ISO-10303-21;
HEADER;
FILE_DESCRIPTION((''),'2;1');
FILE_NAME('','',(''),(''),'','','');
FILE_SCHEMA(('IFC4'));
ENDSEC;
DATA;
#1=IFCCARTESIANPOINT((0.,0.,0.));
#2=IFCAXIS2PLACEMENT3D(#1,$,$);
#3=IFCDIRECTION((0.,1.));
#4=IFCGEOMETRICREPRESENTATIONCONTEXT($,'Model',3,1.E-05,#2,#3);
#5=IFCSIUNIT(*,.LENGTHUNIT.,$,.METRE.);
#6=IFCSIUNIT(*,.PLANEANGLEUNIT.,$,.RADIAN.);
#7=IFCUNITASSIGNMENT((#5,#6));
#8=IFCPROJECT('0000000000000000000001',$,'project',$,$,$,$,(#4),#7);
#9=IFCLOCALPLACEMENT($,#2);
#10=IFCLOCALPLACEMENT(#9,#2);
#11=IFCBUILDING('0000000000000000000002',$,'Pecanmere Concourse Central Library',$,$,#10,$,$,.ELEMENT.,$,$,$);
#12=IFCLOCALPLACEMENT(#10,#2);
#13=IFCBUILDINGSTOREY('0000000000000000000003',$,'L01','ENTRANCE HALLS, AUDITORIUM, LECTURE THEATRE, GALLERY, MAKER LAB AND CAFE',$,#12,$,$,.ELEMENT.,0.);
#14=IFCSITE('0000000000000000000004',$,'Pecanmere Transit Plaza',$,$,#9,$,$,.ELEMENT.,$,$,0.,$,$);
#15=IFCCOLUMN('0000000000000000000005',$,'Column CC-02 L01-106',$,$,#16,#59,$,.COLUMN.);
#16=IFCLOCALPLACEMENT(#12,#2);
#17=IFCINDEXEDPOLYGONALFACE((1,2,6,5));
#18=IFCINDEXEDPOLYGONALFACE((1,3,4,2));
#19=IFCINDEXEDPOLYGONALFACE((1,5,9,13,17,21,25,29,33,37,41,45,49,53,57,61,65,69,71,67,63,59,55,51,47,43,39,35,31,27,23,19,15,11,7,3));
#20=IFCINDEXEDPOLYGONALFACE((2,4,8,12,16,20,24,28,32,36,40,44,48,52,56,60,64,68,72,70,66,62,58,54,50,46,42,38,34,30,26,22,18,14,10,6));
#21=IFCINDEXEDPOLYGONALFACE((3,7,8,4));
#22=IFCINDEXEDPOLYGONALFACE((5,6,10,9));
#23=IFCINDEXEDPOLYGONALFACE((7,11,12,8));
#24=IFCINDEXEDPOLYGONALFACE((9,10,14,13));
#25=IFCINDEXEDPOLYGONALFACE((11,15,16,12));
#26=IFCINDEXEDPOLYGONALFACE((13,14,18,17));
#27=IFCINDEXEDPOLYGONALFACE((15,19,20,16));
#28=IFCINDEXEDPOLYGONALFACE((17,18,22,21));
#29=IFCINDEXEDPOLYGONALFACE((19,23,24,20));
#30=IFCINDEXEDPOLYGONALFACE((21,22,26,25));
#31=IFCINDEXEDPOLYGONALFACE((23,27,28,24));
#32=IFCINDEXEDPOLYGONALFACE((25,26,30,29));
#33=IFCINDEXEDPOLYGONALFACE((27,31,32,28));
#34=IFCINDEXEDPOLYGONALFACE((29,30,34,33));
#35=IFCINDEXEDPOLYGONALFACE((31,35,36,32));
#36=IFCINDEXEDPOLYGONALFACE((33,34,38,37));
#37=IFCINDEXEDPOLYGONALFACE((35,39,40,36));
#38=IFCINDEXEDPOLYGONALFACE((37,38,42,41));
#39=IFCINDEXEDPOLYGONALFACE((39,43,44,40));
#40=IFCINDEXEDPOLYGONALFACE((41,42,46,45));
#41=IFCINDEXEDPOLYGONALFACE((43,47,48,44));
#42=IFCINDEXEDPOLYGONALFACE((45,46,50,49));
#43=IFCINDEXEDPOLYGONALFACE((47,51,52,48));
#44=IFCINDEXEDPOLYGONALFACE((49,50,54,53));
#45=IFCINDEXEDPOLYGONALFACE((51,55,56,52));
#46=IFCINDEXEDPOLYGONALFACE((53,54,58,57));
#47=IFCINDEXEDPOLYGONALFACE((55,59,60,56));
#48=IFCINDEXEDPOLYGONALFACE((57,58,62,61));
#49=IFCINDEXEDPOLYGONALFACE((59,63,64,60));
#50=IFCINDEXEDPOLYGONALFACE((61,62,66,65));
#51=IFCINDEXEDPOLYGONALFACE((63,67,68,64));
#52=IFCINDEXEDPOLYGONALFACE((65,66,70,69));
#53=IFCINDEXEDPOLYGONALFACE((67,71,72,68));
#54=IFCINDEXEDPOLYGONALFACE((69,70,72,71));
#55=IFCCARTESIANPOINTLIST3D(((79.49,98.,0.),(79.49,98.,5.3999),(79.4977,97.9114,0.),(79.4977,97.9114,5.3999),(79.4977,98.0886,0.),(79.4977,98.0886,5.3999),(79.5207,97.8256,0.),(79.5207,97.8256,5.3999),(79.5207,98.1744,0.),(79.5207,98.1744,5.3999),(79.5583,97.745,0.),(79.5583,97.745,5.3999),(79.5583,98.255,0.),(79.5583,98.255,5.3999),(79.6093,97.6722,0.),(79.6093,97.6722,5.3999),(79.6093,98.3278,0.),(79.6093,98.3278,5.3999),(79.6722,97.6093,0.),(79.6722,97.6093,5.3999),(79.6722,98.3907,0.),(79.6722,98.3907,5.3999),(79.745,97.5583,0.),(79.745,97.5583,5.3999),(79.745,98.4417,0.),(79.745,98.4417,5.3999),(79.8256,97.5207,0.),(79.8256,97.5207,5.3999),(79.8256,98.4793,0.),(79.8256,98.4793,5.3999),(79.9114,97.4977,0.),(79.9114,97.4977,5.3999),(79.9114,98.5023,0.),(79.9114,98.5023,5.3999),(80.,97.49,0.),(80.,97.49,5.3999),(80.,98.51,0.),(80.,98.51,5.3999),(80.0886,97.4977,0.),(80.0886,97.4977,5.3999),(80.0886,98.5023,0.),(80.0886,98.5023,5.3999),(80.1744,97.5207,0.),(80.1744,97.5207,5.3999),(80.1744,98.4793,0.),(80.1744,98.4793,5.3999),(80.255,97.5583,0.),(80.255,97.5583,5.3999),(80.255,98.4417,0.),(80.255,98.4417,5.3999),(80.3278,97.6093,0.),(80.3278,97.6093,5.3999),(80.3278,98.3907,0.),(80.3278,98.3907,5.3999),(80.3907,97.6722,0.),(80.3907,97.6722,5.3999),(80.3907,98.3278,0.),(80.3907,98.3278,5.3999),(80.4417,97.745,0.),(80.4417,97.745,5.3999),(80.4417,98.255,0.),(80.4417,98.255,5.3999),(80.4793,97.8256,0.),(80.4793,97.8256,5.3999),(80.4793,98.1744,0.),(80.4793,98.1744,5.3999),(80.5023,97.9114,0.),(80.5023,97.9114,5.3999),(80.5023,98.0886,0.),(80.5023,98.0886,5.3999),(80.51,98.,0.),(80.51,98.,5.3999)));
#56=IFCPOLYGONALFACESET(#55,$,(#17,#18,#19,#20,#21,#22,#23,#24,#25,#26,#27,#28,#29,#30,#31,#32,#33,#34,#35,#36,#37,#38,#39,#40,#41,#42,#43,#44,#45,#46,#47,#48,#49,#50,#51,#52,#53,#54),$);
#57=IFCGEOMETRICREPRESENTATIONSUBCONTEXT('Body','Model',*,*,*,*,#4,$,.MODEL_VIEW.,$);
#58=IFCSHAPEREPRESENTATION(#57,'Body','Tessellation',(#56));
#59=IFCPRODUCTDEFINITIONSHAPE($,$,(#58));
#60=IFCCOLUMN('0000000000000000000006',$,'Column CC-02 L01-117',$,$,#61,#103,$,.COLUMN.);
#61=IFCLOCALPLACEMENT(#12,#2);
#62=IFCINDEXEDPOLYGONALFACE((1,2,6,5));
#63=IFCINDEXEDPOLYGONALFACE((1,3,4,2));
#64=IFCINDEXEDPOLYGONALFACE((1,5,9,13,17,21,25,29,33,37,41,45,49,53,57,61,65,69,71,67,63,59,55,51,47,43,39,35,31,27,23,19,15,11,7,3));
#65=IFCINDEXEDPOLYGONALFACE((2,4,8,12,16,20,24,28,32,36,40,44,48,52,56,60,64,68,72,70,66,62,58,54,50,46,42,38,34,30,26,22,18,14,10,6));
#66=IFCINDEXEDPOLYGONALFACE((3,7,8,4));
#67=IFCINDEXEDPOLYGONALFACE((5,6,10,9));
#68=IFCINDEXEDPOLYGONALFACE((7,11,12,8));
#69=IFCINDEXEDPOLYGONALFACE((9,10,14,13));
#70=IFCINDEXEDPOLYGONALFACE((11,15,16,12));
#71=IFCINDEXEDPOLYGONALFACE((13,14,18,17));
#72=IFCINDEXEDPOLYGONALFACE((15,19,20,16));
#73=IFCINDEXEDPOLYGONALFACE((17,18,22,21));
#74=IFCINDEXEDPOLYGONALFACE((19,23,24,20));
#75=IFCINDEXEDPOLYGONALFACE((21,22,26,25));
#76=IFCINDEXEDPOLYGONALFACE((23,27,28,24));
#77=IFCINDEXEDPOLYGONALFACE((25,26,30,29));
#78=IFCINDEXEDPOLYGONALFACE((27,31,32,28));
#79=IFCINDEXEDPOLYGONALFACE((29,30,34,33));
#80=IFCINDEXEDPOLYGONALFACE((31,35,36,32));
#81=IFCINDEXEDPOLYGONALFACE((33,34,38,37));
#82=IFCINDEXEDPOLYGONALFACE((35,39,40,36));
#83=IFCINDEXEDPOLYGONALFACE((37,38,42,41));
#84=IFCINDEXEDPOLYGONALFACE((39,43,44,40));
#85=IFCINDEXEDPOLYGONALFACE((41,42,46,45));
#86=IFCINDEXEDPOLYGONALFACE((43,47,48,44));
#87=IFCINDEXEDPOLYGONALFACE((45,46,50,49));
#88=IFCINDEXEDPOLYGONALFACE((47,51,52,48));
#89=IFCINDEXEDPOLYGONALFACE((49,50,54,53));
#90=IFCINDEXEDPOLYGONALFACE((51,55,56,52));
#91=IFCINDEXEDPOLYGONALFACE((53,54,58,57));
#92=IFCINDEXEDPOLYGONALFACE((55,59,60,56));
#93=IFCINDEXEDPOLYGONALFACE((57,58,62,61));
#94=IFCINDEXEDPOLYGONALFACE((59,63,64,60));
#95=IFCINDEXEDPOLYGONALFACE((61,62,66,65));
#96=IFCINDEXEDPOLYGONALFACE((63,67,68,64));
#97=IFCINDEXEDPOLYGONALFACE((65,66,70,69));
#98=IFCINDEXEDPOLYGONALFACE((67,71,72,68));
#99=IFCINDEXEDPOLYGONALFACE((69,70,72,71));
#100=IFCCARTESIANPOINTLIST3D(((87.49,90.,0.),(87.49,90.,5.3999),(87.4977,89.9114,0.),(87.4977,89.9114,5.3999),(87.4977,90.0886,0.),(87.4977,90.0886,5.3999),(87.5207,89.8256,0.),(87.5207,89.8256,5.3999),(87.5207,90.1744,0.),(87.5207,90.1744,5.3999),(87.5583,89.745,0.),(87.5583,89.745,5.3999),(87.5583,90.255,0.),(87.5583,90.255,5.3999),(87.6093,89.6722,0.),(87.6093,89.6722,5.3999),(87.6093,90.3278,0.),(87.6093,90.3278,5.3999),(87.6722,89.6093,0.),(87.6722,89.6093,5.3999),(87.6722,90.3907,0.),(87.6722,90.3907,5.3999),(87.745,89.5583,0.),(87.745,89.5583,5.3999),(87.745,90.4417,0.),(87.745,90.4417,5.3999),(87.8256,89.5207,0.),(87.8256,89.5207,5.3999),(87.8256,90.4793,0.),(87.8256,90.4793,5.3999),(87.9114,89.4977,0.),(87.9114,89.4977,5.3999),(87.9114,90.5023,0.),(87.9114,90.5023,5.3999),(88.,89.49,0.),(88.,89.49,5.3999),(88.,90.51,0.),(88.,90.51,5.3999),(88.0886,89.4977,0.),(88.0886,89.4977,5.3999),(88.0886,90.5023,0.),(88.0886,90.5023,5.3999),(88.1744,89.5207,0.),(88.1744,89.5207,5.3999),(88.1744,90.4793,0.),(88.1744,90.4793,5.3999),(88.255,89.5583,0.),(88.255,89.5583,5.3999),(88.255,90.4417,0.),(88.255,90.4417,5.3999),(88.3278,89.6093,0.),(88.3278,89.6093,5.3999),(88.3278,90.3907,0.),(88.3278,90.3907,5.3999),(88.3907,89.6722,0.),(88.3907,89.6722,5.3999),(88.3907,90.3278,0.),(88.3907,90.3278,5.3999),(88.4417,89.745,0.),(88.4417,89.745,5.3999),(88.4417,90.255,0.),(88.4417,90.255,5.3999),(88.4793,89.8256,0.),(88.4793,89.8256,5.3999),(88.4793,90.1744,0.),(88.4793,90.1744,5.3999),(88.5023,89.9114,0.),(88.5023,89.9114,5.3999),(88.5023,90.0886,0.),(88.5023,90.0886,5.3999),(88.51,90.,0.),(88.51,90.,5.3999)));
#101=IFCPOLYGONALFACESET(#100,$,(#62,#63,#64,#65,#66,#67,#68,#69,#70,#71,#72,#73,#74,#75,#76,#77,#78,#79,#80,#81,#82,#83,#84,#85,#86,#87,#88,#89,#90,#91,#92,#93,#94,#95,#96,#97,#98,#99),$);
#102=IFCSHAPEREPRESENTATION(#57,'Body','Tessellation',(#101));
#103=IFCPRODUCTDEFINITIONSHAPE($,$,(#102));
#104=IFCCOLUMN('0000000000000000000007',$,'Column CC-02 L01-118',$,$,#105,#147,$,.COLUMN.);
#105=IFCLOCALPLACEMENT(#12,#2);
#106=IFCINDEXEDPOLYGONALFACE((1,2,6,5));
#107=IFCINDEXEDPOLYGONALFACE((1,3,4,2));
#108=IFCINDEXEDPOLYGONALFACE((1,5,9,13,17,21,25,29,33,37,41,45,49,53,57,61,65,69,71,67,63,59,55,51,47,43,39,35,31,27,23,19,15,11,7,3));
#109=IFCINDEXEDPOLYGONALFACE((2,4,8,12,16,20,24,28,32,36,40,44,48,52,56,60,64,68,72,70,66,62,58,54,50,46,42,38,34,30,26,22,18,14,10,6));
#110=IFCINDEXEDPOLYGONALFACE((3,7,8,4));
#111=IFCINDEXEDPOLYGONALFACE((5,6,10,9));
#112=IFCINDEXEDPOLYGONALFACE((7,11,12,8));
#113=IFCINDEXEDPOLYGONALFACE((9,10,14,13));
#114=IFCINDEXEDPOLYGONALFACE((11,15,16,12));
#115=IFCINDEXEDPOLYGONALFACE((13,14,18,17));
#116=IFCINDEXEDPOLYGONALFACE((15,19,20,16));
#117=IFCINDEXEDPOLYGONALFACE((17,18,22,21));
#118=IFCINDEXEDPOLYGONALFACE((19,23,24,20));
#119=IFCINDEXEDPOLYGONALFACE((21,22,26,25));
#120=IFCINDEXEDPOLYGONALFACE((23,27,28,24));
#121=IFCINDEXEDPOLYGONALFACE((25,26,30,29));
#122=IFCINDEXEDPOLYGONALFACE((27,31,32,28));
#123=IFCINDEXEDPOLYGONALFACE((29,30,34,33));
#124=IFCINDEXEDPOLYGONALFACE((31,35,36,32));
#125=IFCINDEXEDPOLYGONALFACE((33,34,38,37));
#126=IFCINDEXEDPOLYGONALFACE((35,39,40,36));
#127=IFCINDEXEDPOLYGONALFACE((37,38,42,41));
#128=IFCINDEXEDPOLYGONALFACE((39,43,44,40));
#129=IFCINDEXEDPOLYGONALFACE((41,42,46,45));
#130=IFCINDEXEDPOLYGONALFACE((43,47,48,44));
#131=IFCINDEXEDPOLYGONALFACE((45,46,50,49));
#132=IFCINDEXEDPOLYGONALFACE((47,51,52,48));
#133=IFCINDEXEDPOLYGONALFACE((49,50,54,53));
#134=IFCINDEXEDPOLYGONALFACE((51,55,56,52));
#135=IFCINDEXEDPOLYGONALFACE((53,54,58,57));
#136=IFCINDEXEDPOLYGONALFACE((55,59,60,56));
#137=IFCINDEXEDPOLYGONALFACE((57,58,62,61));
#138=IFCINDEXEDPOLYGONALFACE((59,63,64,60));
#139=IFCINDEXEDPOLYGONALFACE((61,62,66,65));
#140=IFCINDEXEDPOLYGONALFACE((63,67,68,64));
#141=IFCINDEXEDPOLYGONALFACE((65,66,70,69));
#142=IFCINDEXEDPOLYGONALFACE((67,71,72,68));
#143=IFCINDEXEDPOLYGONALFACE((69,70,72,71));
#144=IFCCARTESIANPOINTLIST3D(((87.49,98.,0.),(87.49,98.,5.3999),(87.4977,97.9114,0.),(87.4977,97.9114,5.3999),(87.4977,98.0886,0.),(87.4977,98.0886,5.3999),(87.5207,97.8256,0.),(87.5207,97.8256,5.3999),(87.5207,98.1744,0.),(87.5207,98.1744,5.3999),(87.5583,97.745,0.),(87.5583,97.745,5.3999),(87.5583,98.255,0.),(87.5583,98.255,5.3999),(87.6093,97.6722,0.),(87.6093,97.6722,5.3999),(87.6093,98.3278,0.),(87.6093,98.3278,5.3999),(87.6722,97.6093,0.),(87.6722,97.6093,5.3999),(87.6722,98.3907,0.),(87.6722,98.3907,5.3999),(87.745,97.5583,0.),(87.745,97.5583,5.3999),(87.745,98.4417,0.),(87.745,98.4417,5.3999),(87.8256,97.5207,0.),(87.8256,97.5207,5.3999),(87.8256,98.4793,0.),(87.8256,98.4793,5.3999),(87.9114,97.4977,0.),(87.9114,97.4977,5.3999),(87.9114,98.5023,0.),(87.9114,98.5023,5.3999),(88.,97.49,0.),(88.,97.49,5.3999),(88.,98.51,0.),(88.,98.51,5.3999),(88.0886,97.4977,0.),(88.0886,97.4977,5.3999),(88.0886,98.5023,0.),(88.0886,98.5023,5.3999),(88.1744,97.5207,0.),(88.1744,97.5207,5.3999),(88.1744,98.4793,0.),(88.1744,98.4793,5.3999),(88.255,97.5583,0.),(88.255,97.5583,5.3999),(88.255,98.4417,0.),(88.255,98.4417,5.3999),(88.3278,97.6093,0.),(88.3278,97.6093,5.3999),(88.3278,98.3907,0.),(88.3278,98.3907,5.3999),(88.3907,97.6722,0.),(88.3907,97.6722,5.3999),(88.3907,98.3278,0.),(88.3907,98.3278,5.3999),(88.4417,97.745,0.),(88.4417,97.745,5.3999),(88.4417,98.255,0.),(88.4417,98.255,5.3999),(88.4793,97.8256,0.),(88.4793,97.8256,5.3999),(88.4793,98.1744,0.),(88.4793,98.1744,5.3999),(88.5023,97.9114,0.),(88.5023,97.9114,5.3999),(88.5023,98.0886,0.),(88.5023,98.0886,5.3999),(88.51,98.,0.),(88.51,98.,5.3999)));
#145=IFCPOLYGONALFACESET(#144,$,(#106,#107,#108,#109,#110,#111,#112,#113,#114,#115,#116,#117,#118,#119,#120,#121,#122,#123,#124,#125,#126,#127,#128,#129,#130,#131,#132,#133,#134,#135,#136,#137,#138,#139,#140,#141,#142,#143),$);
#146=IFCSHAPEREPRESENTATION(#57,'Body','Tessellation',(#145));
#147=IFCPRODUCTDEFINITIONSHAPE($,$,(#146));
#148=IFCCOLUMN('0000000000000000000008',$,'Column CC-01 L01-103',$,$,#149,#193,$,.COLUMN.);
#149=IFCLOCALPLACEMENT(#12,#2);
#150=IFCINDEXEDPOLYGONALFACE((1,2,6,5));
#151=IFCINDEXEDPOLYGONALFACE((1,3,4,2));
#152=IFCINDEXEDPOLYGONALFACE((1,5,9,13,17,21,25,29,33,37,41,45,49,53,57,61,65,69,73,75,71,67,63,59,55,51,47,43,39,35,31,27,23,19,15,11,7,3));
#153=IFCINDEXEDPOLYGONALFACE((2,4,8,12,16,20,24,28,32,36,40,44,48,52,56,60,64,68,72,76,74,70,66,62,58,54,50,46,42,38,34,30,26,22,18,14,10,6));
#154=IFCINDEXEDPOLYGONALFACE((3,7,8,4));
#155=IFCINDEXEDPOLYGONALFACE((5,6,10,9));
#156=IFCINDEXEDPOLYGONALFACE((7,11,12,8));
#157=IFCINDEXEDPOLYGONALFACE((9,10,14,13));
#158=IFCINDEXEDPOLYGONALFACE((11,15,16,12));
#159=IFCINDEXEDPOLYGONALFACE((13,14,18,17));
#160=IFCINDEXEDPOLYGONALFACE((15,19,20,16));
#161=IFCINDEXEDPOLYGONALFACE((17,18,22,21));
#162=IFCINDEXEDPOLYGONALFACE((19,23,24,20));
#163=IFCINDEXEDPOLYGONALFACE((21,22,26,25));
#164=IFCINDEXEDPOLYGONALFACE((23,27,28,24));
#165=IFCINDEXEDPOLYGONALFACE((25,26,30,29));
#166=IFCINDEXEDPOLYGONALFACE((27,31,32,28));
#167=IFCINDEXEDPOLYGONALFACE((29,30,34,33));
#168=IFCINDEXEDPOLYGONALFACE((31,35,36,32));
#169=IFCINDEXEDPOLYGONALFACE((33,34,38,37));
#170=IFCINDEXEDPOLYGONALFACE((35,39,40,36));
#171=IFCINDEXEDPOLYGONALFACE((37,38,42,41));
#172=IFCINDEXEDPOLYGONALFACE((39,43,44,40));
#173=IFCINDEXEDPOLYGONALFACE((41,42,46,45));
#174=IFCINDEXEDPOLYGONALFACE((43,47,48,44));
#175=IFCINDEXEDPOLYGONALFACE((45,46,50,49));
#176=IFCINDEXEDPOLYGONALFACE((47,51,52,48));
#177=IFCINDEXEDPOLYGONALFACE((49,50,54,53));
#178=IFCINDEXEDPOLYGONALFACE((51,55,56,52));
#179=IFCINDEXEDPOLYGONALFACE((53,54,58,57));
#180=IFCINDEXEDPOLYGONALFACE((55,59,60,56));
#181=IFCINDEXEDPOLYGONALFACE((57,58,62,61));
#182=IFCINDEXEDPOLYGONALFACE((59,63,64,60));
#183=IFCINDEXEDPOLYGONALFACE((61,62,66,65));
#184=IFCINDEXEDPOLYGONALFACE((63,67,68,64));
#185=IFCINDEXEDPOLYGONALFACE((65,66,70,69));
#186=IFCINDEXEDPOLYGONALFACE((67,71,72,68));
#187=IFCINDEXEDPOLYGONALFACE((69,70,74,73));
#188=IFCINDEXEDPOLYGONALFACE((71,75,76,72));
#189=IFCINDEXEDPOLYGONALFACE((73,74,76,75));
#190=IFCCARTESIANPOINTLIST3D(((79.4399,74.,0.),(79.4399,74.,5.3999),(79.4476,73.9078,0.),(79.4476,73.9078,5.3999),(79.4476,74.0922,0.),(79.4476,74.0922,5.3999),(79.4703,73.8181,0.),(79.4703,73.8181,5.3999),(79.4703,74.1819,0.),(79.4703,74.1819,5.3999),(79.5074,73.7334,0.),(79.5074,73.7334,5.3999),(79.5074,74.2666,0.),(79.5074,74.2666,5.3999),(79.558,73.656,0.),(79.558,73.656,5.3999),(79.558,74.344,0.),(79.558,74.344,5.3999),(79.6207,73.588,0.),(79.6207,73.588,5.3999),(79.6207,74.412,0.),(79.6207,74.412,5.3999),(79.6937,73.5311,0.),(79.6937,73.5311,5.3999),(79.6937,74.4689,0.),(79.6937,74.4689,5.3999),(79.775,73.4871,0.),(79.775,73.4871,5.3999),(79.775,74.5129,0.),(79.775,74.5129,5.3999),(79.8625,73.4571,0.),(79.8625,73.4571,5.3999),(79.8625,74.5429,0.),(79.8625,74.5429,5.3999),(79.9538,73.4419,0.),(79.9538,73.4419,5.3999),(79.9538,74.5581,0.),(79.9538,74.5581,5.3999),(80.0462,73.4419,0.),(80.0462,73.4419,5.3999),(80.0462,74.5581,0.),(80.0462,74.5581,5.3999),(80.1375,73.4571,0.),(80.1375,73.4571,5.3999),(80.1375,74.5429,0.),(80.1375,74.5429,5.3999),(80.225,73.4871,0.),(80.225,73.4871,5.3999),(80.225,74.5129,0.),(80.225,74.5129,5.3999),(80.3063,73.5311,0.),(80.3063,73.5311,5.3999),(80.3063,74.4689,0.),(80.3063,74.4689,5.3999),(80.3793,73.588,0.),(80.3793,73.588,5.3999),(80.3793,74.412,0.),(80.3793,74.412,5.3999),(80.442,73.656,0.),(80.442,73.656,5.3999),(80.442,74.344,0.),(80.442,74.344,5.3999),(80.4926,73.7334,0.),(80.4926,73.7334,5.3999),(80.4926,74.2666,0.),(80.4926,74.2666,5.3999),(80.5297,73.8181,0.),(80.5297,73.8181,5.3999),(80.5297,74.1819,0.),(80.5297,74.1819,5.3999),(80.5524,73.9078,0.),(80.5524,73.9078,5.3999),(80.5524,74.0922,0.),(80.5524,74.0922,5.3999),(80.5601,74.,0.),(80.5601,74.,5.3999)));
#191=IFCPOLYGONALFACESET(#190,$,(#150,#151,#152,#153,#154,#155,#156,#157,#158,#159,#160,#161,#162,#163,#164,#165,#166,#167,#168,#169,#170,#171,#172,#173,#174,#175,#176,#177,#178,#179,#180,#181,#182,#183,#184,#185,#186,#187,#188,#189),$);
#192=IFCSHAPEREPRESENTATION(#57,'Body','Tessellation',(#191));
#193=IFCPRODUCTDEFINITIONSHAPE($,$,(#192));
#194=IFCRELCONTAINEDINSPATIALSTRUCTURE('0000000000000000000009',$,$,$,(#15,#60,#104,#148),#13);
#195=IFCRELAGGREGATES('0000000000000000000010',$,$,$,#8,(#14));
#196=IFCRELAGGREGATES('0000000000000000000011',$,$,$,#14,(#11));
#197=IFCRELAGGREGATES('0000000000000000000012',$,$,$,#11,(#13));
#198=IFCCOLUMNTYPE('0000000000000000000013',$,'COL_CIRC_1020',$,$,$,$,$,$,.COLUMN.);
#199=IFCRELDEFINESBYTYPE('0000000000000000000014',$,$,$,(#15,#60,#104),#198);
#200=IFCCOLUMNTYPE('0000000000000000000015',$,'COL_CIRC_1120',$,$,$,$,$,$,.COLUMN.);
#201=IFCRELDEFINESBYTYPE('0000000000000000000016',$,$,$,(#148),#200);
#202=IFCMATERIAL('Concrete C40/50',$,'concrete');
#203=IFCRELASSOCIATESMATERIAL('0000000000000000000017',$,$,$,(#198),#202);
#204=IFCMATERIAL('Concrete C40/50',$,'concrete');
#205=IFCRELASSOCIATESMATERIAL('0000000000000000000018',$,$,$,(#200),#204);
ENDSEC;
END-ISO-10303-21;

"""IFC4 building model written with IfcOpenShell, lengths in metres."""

from ifc_helpers import new_model, si_unit, direction, frame, origin, origin_2d, place, context, subcontext, project, spatial, circle, extrude, material, material_profile, profile_set, type_object, element, save


model = new_model("IFC4")

# Units and contexts
model_context = context("Model", 3, precision=1e-05, world=origin(), true_north=direction((0.0, 1.0)))
body_context = subcontext(model_context, "Body", "Model", "MODEL_VIEW")
ifc_project = project(units=[si_unit("LENGTHUNIT", "METRE"), si_unit("PLANEANGLEUNIT", "RADIAN")], contexts=[model_context])

# Site, building, storey
site_placement = place(None, origin())
site = spatial("IfcSite", under=ifc_project, at=site_placement, Name="Pecanmere Transit Plaza", CompositionType="ELEMENT", RefElevation=0.0)
building_placement = place(site_placement, origin())
building = spatial("IfcBuilding", under=site, at=building_placement, Name="Pecanmere Concourse Central Library", CompositionType="ELEMENT")
storey_placement = place(building_placement, origin())
storey = spatial("IfcBuildingStorey", under=building, at=storey_placement, Name="L01", Description="ENTRANCE HALLS, AUDITORIUM, LECTURE THEATRE, GALLERY, MAKER LAB AND CAFE", CompositionType="ELEMENT", Elevation=0.0)

# Columns
ifc_material_1 = material(Name="Concrete C40/50", Category="concrete")
ifc_material_profile_1 = material_profile(ifc_material_1, circle(Radius=0.51, at=origin_2d()), Name="RC D1020")
ifc_profile_set_1 = profile_set([ifc_material_profile_1], Name="Concrete C40/50")
column_type_1 = type_object("IfcColumnType", Name="COL_CIRC_1020", PredefinedType="COLUMN", material=ifc_profile_set_1)
for number, where, z_axis, x_axis, name in (
    (1, (80.0, 98.0, 0.0), (0.0, 0.0, 1.0), (1.0, 0.0, 0.0), "Column CC-02 L01-106"),
    (2, (88.0, 90.0, 0.0), (0.0, 0.0, 1.0), (1.0, 0.0, 0.0), "Column CC-02 L01-117"),
    (3, (88.0, 98.0, 0.0), (0.0, 0.0, 1.0), (1.0, 0.0, 0.0), "Column CC-02 L01-118"),
):
    element("IfcColumn", number, at=place(storey_placement, frame(where, z_axis=z_axis, x_axis=x_axis)), inside=storey, type_object=column_type_1, Name=name, PredefinedType="COLUMN", context=body_context, shape_type="SweptSolid", body=[
        extrude(circle(Radius=0.51, at=origin_2d()), origin(), (0.0, 0.0, 1.0), 5.3999),
    ])
ifc_material_2 = material(Name="Concrete C40/50", Category="concrete")
ifc_material_profile_2 = material_profile(ifc_material_2, circle(Radius=0.5601, at=origin_2d()), Name="RC D1120")
ifc_profile_set_2 = profile_set([ifc_material_profile_2], Name="Concrete C40/50")
column_type_2 = type_object("IfcColumnType", Name="COL_CIRC_1120", PredefinedType="COLUMN", material=ifc_profile_set_2)
for number, where, z_axis, x_axis, name in (
    (4, (80.0, 74.0, 0.0), (0.0, 0.0, 1.0), (1.0, 0.0, 0.0), "Column CC-01 L01-103"),
):
    element("IfcColumn", number, at=place(storey_placement, frame(where, z_axis=z_axis, x_axis=x_axis)), inside=storey, type_object=column_type_2, Name=name, PredefinedType="COLUMN", context=body_context, shape_type="SweptSolid", body=[
        extrude(circle(Radius=0.5601, at=origin_2d()), origin(), (0.0, 0.0, 1.0), 5.3999),
    ])

save(model, "model.ifc")
